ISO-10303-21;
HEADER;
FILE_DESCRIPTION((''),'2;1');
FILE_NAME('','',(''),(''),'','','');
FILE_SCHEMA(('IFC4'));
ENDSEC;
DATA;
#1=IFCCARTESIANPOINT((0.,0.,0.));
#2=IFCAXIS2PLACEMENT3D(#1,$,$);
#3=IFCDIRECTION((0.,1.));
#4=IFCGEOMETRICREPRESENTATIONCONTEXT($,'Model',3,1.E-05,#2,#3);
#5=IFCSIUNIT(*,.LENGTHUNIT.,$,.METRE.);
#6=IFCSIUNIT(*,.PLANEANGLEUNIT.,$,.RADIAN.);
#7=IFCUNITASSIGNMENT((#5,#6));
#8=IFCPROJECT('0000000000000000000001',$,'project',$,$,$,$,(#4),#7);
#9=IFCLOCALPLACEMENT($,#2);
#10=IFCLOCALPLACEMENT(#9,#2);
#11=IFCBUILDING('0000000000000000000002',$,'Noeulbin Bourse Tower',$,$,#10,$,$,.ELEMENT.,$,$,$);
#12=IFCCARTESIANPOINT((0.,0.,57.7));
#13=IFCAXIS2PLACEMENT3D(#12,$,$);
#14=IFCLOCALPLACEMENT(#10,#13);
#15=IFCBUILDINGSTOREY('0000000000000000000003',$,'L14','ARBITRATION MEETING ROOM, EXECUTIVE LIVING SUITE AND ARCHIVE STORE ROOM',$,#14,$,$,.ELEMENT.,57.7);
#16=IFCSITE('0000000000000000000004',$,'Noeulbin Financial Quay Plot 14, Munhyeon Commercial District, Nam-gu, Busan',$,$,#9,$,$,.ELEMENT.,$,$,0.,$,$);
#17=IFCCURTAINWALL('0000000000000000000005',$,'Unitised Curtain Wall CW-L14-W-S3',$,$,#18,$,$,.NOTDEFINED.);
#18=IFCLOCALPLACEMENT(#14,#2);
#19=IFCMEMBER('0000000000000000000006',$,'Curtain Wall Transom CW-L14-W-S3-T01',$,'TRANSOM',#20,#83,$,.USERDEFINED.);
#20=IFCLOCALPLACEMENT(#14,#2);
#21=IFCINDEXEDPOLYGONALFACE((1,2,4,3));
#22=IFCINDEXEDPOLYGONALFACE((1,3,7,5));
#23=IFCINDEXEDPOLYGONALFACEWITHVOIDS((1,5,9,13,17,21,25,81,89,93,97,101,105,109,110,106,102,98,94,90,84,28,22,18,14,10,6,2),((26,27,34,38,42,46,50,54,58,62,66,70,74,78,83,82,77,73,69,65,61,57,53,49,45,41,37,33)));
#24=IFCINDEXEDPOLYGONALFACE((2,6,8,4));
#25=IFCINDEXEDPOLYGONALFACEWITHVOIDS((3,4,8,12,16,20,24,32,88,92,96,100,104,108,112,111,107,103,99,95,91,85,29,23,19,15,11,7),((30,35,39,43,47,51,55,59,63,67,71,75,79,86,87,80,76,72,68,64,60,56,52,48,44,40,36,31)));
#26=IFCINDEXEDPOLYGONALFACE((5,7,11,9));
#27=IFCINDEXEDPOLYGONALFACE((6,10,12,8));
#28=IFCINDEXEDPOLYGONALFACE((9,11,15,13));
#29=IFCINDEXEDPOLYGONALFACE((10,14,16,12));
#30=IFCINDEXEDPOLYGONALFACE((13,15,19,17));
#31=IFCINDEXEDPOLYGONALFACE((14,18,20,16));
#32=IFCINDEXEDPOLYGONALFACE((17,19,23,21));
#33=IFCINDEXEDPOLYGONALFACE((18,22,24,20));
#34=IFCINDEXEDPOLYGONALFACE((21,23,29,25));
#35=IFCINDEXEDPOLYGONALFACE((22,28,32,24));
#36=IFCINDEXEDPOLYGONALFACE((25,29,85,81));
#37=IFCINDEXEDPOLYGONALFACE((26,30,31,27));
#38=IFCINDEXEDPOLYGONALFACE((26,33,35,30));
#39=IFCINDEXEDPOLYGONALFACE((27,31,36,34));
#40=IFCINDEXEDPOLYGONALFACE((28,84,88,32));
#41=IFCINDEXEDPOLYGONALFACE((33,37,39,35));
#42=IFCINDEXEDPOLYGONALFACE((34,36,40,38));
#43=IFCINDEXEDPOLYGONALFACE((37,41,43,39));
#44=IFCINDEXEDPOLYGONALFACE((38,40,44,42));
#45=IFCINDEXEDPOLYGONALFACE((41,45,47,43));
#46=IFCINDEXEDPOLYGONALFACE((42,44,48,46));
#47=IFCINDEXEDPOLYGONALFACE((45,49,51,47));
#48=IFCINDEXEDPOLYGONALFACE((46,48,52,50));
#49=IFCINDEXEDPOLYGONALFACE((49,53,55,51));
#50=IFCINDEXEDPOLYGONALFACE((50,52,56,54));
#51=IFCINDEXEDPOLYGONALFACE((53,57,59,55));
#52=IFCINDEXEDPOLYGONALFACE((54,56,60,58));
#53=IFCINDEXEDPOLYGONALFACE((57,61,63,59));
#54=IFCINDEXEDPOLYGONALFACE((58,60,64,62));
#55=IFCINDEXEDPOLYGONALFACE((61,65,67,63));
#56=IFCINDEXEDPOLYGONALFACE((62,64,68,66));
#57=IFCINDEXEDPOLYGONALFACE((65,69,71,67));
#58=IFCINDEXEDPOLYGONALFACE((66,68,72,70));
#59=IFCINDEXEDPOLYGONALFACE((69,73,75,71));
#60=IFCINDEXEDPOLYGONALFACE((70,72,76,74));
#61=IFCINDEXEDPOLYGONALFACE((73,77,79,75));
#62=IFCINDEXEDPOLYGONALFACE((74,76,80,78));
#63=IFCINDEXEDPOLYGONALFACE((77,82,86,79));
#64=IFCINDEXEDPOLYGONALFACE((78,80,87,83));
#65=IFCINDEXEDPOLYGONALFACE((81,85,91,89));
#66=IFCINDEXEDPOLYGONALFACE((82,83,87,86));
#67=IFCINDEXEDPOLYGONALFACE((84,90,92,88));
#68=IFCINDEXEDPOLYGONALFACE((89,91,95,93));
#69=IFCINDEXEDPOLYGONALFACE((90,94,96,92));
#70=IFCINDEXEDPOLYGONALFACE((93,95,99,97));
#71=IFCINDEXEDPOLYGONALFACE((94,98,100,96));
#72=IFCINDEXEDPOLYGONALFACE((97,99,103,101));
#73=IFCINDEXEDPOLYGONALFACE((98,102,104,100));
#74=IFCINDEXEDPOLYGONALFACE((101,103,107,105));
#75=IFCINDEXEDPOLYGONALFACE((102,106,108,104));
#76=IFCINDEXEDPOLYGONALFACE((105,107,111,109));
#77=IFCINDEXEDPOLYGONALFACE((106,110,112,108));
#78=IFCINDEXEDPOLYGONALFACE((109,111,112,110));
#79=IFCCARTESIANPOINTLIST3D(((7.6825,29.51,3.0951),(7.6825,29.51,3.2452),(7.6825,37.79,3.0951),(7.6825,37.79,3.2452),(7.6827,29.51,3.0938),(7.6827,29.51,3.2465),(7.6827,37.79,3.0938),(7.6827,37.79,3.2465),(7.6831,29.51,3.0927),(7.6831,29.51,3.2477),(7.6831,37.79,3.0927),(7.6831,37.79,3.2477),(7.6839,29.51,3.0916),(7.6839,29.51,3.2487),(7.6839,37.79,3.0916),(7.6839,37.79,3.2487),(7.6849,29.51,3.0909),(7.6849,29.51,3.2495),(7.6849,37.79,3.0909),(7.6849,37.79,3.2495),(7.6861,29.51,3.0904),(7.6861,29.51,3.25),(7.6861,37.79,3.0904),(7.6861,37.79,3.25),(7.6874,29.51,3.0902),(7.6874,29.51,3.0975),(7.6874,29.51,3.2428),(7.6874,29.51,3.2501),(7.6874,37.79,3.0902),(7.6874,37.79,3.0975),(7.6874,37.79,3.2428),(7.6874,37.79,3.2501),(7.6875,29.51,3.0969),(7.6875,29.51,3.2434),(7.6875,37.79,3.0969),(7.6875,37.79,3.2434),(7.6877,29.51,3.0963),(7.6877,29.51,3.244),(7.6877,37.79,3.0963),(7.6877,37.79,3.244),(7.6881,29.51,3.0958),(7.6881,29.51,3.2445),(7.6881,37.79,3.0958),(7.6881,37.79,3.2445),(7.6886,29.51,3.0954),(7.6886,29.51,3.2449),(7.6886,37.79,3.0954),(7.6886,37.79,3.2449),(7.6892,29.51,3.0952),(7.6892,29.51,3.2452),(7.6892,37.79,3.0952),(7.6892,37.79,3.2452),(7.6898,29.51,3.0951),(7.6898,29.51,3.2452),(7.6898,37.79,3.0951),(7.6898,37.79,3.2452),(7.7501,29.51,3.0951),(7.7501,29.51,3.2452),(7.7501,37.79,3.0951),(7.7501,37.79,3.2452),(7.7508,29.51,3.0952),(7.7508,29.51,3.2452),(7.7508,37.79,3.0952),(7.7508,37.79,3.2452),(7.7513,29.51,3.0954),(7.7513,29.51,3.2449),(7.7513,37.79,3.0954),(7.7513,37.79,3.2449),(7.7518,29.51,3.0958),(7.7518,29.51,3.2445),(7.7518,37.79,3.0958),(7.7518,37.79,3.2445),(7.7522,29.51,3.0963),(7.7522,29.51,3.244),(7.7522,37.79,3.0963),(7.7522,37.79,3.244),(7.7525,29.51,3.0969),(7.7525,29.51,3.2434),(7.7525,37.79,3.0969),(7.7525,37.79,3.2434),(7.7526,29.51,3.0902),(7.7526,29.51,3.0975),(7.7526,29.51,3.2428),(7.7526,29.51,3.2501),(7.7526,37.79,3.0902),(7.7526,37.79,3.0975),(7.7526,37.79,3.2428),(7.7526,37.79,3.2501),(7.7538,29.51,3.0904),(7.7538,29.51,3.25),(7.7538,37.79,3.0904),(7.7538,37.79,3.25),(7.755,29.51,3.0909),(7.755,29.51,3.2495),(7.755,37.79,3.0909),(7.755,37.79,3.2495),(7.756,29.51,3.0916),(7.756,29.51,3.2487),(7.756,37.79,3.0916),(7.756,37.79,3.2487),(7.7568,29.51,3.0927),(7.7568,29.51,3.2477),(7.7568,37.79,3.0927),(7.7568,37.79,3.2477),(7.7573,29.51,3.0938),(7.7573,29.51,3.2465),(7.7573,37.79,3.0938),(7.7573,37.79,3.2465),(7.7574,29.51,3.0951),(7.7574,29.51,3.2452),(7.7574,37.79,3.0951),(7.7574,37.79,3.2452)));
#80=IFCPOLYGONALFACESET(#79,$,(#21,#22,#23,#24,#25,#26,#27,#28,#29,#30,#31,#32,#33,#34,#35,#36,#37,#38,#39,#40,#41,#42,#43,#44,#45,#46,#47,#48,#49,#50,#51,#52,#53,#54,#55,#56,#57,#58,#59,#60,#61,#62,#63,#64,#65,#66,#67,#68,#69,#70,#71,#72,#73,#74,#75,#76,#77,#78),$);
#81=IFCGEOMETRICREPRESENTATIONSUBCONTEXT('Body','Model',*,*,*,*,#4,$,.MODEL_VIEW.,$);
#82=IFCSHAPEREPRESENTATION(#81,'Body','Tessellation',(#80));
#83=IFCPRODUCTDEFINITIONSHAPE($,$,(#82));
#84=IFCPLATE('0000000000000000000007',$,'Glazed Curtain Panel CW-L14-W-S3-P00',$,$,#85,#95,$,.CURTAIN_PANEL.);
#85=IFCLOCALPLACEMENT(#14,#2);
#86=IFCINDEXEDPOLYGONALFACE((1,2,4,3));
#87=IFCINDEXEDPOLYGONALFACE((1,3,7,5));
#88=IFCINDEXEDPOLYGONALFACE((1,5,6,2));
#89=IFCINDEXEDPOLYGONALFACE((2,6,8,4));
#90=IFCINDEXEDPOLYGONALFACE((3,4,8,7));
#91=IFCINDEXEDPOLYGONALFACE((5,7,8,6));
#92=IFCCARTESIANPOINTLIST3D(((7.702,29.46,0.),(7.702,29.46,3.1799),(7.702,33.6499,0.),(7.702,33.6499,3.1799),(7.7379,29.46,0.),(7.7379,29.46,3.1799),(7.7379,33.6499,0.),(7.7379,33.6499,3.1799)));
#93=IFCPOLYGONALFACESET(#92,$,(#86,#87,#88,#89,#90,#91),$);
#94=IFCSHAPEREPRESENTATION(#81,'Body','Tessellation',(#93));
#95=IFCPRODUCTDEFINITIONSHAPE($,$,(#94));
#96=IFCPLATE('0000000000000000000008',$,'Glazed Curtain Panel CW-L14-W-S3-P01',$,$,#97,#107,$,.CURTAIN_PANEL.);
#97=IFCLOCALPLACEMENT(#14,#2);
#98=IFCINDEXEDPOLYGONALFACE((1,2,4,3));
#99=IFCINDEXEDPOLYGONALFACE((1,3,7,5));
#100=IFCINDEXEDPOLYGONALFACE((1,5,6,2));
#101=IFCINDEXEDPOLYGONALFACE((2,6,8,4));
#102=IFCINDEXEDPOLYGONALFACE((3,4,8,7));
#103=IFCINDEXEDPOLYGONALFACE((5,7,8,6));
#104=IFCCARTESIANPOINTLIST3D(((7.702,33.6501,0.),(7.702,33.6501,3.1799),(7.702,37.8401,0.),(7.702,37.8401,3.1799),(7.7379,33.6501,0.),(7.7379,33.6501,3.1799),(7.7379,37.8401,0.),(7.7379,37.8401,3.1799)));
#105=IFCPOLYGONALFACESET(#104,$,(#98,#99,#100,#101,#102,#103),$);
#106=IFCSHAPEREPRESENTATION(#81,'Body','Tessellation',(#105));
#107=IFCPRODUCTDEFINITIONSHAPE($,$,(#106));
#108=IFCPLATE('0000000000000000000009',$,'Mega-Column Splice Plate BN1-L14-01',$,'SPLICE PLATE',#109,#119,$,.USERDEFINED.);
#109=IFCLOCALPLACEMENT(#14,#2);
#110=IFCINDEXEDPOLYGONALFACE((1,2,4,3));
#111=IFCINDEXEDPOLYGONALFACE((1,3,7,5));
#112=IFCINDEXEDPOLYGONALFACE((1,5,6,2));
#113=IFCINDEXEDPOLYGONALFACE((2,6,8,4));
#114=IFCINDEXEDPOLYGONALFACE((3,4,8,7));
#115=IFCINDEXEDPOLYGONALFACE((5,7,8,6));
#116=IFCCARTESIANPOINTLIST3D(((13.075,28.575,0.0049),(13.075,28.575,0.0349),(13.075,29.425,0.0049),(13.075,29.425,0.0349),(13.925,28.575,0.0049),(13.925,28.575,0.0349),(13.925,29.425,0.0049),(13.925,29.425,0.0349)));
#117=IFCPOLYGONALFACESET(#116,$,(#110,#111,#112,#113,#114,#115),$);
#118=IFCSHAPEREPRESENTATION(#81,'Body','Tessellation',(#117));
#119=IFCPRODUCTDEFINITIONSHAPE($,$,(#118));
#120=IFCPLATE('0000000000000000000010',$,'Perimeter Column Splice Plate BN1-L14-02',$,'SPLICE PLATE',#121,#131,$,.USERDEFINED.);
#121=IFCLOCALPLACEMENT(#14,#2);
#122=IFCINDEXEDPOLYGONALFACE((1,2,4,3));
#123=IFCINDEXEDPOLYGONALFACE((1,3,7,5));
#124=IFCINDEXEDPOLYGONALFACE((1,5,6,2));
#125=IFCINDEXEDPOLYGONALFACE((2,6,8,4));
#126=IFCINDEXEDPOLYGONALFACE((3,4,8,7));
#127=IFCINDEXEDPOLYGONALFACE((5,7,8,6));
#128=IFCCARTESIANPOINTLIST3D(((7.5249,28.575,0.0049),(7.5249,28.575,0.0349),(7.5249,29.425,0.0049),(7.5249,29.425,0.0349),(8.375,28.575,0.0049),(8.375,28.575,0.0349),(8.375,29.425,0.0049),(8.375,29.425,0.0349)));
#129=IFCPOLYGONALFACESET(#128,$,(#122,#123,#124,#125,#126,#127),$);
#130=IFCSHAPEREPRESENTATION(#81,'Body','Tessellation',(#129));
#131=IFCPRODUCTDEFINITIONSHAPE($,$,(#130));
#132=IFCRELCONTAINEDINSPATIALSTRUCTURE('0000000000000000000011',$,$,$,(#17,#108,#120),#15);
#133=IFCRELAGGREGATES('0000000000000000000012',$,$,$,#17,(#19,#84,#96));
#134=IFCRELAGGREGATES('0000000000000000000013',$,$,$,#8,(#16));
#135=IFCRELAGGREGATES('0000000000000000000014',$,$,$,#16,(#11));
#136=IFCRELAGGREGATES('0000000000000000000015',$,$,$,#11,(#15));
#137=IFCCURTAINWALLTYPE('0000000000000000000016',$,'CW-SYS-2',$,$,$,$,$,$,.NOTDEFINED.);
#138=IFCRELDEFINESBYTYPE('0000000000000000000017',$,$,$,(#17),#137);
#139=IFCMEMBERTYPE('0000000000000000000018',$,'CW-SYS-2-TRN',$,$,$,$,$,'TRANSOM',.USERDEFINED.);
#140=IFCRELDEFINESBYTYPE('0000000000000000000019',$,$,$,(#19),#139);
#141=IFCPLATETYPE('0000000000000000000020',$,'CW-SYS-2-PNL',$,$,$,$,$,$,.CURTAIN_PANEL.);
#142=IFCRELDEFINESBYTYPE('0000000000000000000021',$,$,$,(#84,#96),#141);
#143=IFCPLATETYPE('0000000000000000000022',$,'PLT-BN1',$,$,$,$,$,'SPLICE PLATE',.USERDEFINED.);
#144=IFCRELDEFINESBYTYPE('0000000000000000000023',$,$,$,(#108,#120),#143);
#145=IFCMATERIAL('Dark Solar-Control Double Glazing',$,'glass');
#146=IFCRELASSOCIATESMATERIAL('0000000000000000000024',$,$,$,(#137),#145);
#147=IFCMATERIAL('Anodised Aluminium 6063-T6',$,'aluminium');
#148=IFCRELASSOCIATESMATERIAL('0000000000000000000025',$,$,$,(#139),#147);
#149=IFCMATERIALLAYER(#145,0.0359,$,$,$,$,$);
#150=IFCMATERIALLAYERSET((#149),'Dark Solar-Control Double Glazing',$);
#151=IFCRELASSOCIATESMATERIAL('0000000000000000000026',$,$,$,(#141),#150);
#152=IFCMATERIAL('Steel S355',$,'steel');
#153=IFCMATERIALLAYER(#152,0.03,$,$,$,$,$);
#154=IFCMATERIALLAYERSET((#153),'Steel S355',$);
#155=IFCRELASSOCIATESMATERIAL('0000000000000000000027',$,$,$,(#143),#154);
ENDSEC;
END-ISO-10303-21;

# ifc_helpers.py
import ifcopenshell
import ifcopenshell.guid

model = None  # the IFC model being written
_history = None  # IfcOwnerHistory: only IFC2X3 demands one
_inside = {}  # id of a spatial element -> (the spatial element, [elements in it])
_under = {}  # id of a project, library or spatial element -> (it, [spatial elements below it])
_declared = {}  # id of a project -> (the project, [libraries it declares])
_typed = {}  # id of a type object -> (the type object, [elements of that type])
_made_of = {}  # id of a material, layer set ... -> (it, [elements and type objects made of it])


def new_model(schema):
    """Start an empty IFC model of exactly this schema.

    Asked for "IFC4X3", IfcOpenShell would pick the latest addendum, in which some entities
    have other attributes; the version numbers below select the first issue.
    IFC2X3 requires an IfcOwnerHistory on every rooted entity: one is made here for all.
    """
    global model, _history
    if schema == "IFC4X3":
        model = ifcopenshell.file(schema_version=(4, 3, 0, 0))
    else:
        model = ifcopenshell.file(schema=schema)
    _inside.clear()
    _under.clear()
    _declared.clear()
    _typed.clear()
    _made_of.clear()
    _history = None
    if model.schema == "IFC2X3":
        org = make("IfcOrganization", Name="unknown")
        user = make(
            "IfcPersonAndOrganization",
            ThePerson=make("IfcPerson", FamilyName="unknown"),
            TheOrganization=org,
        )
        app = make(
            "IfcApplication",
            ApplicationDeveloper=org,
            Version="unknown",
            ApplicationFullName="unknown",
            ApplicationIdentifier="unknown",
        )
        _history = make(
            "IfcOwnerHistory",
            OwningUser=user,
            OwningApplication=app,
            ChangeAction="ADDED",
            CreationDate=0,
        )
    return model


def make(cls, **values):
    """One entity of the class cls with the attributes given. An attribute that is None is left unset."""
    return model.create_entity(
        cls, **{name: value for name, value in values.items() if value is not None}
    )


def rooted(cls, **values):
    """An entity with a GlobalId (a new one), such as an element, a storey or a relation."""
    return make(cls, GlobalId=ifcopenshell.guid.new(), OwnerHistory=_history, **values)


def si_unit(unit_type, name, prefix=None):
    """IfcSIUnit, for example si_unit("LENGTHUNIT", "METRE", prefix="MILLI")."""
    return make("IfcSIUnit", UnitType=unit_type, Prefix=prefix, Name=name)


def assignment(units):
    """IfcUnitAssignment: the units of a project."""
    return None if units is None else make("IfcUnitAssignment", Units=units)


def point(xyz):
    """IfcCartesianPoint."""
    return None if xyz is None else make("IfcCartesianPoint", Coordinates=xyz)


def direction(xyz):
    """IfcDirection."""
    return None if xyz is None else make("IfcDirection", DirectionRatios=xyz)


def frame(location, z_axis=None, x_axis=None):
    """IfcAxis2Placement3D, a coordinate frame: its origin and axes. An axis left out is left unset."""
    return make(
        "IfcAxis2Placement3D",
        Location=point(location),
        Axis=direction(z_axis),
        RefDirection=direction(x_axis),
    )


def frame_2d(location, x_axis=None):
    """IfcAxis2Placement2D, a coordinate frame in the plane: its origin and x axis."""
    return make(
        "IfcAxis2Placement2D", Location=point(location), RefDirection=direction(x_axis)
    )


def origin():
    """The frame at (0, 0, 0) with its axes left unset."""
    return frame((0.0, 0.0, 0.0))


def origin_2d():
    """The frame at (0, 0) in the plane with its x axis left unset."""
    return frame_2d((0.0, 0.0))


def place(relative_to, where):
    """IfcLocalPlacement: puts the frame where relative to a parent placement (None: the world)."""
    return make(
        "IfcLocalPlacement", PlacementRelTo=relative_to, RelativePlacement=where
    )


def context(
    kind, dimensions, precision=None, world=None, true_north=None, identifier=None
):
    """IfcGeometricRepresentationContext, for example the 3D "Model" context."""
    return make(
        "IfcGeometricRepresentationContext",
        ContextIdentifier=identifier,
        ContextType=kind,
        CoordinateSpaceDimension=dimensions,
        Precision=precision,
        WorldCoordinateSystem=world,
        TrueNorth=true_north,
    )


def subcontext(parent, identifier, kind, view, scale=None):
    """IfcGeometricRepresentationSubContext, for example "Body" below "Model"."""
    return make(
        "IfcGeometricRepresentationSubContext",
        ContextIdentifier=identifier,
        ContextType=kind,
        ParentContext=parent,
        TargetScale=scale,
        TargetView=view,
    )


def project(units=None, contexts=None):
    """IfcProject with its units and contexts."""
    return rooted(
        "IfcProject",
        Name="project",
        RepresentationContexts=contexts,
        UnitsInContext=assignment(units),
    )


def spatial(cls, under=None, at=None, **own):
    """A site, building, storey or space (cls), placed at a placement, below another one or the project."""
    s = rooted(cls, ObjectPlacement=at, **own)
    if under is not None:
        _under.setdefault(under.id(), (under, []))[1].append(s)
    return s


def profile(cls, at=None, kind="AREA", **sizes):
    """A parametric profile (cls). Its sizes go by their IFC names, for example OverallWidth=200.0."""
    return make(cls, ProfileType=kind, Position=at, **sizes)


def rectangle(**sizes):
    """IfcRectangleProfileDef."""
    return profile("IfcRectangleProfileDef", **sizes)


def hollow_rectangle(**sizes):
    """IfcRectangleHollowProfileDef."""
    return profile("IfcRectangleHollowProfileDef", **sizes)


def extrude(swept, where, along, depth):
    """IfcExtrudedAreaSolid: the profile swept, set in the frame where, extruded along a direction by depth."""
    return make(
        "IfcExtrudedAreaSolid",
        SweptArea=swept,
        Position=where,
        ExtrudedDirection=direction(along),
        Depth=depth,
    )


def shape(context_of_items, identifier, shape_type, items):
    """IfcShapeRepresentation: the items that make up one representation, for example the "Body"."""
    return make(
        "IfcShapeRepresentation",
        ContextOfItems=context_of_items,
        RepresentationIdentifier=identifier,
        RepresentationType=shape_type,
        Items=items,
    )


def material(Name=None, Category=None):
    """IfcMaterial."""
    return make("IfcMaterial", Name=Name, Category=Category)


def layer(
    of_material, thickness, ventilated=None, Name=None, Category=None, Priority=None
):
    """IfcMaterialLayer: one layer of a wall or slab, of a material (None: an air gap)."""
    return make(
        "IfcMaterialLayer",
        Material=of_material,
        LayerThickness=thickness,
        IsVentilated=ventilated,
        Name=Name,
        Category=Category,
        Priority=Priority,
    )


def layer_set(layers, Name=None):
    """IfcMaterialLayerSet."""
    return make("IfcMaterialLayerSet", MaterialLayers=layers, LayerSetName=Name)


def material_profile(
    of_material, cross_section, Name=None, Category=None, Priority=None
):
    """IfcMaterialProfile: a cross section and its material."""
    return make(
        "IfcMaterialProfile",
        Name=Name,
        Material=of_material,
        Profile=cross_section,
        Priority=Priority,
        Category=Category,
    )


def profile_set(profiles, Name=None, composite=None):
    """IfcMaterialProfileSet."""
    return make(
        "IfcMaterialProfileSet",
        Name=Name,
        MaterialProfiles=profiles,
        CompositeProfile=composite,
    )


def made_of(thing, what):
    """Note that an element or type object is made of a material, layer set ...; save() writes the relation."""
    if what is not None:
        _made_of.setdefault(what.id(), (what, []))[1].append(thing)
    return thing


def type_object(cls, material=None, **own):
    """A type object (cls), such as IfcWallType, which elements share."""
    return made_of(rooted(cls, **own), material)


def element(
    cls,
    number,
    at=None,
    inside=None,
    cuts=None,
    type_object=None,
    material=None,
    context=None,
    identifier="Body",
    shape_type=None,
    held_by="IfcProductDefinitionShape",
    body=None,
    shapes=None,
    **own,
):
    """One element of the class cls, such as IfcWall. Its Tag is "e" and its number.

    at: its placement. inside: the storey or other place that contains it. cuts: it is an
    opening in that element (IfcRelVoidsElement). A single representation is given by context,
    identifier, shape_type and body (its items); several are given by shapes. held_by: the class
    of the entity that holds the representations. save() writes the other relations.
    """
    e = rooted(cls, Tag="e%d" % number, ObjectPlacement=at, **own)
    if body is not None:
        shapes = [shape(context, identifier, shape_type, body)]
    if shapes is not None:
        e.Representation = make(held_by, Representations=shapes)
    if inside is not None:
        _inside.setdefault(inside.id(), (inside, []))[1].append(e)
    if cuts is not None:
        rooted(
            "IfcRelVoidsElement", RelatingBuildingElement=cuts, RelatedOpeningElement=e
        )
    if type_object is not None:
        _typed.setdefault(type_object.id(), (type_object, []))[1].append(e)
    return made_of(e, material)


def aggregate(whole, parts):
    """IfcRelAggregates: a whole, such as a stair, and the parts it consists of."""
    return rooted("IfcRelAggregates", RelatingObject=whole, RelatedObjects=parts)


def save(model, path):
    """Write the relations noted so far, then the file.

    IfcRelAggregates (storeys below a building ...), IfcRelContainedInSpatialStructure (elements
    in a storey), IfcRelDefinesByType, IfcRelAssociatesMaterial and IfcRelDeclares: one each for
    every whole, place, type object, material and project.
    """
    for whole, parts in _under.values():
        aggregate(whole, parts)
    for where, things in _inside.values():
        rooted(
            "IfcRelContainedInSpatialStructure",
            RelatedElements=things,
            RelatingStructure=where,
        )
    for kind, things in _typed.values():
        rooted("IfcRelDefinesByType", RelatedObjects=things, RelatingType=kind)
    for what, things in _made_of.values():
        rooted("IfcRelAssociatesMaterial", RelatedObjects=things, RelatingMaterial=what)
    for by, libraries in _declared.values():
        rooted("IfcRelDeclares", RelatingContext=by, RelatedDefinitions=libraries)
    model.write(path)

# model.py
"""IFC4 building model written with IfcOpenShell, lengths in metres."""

from ifc_helpers import new_model, si_unit, direction, frame, origin, origin_2d, place, context, subcontext, project, spatial, rectangle, hollow_rectangle, extrude, material, layer, layer_set, material_profile, profile_set, type_object, element, aggregate, save


model = new_model("IFC4")

# Units and contexts
model_context = context("Model", 3, precision=1e-05, world=origin(), true_north=direction((0.0, 1.0)))
body_context = subcontext(model_context, "Body", "Model", "MODEL_VIEW")
ifc_project = project(units=[si_unit("LENGTHUNIT", "METRE"), si_unit("PLANEANGLEUNIT", "RADIAN")], contexts=[model_context])

# Site, building, storey
site_placement = place(None, origin())
site = spatial("IfcSite", under=ifc_project, at=site_placement, Name="Noeulbin Financial Quay Plot 14, Munhyeon Commercial District, Nam-gu, Busan", CompositionType="ELEMENT", RefElevation=0.0)
building_placement = place(site_placement, origin())
building = spatial("IfcBuilding", under=site, at=building_placement, Name="Noeulbin Bourse Tower", CompositionType="ELEMENT")
storey_placement = place(building_placement, frame((0.0, 0.0, 57.7)))
storey = spatial("IfcBuildingStorey", under=building, at=storey_placement, Name="L14", Description="ARBITRATION MEETING ROOM, EXECUTIVE LIVING SUITE AND ARCHIVE STORE ROOM", CompositionType="ELEMENT", Elevation=57.7)

# Shared definitions
ifc_material_1 = material(Name="Steel S355", Category="steel")

# Shared definitions
ifc_material_2 = material(Name="Dark Solar-Control Double Glazing", Category="glass")
curtain_wall_type = type_object("IfcCurtainWallType", Name="CW-SYS-2", PredefinedType="NOTDEFINED", material=ifc_material_2)
ifc_material_3 = material(Name="Anodised Aluminium 6063-T6", Category="aluminium")

# Curtain wall, member, plates
curtain_wall_1_placement = place(storey_placement, origin())
curtain_wall_1 = element("IfcCurtainWall", 1, at=curtain_wall_1_placement, inside=storey, type_object=curtain_wall_type, Name="Unitised Curtain Wall CW-L14-W-S3", PredefinedType="NOTDEFINED")
ifc_material_profile_1 = material_profile(ifc_material_3, hollow_rectangle(XDim=0.075, YDim=0.1599, WallThickness=0.0049, InnerFilletRadius=0.0024, OuterFilletRadius=0.0049, at=origin_2d()), Name="ALU-TRAN-75x160x5", Category="LoadBearing")
ifc_profile_set_1 = profile_set([ifc_material_profile_1], Name="Anodised Aluminium 6063-T6")
member_type_1 = type_object("IfcMemberType", Name="CW-SYS-2-TRN", ElementType="TRANSOM", PredefinedType="USERDEFINED", material=ifc_profile_set_1)
member_1_placement = place(storey_placement, frame((7.72, 29.51, 3.1702), z_axis=(0.0, 1.0, 0.0), x_axis=(-1.0, 0.0, 0.0)))
member_1 = element("IfcMember", 2, at=member_1_placement, type_object=member_type_1, Name="Curtain Wall Transom CW-L14-W-S3-T01", ObjectType="TRANSOM", PredefinedType="USERDEFINED", context=body_context, shape_type="SweptSolid", body=[
    extrude(hollow_rectangle(XDim=0.075, YDim=0.1599, WallThickness=0.0049, InnerFilletRadius=0.0024, OuterFilletRadius=0.0049, at=origin_2d()), origin(), (0.0, 0.0, 1.0), 8.28),
])
ifc_layer_1 = layer(ifc_material_2, 0.0359)
ifc_layer_set_1 = layer_set([ifc_layer_1], Name="Dark Solar-Control Double Glazing")
plate_type_1 = type_object("IfcPlateType", Name="CW-SYS-2-PNL", PredefinedType="CURTAIN_PANEL", material=ifc_layer_set_1)
plate_1_placement = place(storey_placement, frame((7.72, 31.5549, 0.0), z_axis=(0.0, 0.0, 1.0), x_axis=(0.0, 1.0, 0.0)))
plate_1 = element("IfcPlate", 3, at=plate_1_placement, type_object=plate_type_1, Name="Glazed Curtain Panel CW-L14-W-S3-P00", PredefinedType="CURTAIN_PANEL", context=body_context, shape_type="SweptSolid", body=[
    extrude(rectangle(XDim=4.1899, YDim=0.0359, at=origin_2d()), origin(), (0.0, 0.0, 1.0), 3.1799),
])
plate_2_placement = place(storey_placement, frame((7.72, 35.7451, 0.0), z_axis=(0.0, 0.0, 1.0), x_axis=(0.0, 1.0, 0.0)))
plate_2 = element("IfcPlate", 4, at=plate_2_placement, type_object=plate_type_1, Name="Glazed Curtain Panel CW-L14-W-S3-P01", PredefinedType="CURTAIN_PANEL", context=body_context, shape_type="SweptSolid", body=[
    extrude(rectangle(XDim=4.1899, YDim=0.0359, at=origin_2d()), origin(), (0.0, 0.0, 1.0), 3.1799),
])
aggregate(curtain_wall_1, [member_1, plate_1, plate_2])

# Plates
ifc_layer_2 = layer(ifc_material_1, 0.03)
ifc_layer_set_2 = layer_set([ifc_layer_2], Name="Steel S355")
plate_type_2 = type_object("IfcPlateType", Name="PLT-BN1", ElementType="SPLICE PLATE", PredefinedType="USERDEFINED", material=ifc_layer_set_2)
for number, where, z_axis, x_axis, name in (
    (5, (13.5, 29.0, 0.0049), (0.0, 0.0, 1.0), (1.0, 0.0, 0.0), "Mega-Column Splice Plate BN1-L14-01"),
    (6, (7.95, 29.0, 0.0049), (0.0, 0.0, 1.0), (1.0, 0.0, 0.0), "Perimeter Column Splice Plate BN1-L14-02"),
):
    element("IfcPlate", number, at=place(storey_placement, frame(where, z_axis=z_axis, x_axis=x_axis)), inside=storey, type_object=plate_type_2, Name=name, ObjectType="SPLICE PLATE", PredefinedType="USERDEFINED", context=body_context, shape_type="SweptSolid", body=[
        extrude(rectangle(XDim=0.8501, YDim=0.8501, at=origin_2d()), origin(), (0.0, 0.0, 1.0), 0.03),
    ])

save(model, "model.ifc")
